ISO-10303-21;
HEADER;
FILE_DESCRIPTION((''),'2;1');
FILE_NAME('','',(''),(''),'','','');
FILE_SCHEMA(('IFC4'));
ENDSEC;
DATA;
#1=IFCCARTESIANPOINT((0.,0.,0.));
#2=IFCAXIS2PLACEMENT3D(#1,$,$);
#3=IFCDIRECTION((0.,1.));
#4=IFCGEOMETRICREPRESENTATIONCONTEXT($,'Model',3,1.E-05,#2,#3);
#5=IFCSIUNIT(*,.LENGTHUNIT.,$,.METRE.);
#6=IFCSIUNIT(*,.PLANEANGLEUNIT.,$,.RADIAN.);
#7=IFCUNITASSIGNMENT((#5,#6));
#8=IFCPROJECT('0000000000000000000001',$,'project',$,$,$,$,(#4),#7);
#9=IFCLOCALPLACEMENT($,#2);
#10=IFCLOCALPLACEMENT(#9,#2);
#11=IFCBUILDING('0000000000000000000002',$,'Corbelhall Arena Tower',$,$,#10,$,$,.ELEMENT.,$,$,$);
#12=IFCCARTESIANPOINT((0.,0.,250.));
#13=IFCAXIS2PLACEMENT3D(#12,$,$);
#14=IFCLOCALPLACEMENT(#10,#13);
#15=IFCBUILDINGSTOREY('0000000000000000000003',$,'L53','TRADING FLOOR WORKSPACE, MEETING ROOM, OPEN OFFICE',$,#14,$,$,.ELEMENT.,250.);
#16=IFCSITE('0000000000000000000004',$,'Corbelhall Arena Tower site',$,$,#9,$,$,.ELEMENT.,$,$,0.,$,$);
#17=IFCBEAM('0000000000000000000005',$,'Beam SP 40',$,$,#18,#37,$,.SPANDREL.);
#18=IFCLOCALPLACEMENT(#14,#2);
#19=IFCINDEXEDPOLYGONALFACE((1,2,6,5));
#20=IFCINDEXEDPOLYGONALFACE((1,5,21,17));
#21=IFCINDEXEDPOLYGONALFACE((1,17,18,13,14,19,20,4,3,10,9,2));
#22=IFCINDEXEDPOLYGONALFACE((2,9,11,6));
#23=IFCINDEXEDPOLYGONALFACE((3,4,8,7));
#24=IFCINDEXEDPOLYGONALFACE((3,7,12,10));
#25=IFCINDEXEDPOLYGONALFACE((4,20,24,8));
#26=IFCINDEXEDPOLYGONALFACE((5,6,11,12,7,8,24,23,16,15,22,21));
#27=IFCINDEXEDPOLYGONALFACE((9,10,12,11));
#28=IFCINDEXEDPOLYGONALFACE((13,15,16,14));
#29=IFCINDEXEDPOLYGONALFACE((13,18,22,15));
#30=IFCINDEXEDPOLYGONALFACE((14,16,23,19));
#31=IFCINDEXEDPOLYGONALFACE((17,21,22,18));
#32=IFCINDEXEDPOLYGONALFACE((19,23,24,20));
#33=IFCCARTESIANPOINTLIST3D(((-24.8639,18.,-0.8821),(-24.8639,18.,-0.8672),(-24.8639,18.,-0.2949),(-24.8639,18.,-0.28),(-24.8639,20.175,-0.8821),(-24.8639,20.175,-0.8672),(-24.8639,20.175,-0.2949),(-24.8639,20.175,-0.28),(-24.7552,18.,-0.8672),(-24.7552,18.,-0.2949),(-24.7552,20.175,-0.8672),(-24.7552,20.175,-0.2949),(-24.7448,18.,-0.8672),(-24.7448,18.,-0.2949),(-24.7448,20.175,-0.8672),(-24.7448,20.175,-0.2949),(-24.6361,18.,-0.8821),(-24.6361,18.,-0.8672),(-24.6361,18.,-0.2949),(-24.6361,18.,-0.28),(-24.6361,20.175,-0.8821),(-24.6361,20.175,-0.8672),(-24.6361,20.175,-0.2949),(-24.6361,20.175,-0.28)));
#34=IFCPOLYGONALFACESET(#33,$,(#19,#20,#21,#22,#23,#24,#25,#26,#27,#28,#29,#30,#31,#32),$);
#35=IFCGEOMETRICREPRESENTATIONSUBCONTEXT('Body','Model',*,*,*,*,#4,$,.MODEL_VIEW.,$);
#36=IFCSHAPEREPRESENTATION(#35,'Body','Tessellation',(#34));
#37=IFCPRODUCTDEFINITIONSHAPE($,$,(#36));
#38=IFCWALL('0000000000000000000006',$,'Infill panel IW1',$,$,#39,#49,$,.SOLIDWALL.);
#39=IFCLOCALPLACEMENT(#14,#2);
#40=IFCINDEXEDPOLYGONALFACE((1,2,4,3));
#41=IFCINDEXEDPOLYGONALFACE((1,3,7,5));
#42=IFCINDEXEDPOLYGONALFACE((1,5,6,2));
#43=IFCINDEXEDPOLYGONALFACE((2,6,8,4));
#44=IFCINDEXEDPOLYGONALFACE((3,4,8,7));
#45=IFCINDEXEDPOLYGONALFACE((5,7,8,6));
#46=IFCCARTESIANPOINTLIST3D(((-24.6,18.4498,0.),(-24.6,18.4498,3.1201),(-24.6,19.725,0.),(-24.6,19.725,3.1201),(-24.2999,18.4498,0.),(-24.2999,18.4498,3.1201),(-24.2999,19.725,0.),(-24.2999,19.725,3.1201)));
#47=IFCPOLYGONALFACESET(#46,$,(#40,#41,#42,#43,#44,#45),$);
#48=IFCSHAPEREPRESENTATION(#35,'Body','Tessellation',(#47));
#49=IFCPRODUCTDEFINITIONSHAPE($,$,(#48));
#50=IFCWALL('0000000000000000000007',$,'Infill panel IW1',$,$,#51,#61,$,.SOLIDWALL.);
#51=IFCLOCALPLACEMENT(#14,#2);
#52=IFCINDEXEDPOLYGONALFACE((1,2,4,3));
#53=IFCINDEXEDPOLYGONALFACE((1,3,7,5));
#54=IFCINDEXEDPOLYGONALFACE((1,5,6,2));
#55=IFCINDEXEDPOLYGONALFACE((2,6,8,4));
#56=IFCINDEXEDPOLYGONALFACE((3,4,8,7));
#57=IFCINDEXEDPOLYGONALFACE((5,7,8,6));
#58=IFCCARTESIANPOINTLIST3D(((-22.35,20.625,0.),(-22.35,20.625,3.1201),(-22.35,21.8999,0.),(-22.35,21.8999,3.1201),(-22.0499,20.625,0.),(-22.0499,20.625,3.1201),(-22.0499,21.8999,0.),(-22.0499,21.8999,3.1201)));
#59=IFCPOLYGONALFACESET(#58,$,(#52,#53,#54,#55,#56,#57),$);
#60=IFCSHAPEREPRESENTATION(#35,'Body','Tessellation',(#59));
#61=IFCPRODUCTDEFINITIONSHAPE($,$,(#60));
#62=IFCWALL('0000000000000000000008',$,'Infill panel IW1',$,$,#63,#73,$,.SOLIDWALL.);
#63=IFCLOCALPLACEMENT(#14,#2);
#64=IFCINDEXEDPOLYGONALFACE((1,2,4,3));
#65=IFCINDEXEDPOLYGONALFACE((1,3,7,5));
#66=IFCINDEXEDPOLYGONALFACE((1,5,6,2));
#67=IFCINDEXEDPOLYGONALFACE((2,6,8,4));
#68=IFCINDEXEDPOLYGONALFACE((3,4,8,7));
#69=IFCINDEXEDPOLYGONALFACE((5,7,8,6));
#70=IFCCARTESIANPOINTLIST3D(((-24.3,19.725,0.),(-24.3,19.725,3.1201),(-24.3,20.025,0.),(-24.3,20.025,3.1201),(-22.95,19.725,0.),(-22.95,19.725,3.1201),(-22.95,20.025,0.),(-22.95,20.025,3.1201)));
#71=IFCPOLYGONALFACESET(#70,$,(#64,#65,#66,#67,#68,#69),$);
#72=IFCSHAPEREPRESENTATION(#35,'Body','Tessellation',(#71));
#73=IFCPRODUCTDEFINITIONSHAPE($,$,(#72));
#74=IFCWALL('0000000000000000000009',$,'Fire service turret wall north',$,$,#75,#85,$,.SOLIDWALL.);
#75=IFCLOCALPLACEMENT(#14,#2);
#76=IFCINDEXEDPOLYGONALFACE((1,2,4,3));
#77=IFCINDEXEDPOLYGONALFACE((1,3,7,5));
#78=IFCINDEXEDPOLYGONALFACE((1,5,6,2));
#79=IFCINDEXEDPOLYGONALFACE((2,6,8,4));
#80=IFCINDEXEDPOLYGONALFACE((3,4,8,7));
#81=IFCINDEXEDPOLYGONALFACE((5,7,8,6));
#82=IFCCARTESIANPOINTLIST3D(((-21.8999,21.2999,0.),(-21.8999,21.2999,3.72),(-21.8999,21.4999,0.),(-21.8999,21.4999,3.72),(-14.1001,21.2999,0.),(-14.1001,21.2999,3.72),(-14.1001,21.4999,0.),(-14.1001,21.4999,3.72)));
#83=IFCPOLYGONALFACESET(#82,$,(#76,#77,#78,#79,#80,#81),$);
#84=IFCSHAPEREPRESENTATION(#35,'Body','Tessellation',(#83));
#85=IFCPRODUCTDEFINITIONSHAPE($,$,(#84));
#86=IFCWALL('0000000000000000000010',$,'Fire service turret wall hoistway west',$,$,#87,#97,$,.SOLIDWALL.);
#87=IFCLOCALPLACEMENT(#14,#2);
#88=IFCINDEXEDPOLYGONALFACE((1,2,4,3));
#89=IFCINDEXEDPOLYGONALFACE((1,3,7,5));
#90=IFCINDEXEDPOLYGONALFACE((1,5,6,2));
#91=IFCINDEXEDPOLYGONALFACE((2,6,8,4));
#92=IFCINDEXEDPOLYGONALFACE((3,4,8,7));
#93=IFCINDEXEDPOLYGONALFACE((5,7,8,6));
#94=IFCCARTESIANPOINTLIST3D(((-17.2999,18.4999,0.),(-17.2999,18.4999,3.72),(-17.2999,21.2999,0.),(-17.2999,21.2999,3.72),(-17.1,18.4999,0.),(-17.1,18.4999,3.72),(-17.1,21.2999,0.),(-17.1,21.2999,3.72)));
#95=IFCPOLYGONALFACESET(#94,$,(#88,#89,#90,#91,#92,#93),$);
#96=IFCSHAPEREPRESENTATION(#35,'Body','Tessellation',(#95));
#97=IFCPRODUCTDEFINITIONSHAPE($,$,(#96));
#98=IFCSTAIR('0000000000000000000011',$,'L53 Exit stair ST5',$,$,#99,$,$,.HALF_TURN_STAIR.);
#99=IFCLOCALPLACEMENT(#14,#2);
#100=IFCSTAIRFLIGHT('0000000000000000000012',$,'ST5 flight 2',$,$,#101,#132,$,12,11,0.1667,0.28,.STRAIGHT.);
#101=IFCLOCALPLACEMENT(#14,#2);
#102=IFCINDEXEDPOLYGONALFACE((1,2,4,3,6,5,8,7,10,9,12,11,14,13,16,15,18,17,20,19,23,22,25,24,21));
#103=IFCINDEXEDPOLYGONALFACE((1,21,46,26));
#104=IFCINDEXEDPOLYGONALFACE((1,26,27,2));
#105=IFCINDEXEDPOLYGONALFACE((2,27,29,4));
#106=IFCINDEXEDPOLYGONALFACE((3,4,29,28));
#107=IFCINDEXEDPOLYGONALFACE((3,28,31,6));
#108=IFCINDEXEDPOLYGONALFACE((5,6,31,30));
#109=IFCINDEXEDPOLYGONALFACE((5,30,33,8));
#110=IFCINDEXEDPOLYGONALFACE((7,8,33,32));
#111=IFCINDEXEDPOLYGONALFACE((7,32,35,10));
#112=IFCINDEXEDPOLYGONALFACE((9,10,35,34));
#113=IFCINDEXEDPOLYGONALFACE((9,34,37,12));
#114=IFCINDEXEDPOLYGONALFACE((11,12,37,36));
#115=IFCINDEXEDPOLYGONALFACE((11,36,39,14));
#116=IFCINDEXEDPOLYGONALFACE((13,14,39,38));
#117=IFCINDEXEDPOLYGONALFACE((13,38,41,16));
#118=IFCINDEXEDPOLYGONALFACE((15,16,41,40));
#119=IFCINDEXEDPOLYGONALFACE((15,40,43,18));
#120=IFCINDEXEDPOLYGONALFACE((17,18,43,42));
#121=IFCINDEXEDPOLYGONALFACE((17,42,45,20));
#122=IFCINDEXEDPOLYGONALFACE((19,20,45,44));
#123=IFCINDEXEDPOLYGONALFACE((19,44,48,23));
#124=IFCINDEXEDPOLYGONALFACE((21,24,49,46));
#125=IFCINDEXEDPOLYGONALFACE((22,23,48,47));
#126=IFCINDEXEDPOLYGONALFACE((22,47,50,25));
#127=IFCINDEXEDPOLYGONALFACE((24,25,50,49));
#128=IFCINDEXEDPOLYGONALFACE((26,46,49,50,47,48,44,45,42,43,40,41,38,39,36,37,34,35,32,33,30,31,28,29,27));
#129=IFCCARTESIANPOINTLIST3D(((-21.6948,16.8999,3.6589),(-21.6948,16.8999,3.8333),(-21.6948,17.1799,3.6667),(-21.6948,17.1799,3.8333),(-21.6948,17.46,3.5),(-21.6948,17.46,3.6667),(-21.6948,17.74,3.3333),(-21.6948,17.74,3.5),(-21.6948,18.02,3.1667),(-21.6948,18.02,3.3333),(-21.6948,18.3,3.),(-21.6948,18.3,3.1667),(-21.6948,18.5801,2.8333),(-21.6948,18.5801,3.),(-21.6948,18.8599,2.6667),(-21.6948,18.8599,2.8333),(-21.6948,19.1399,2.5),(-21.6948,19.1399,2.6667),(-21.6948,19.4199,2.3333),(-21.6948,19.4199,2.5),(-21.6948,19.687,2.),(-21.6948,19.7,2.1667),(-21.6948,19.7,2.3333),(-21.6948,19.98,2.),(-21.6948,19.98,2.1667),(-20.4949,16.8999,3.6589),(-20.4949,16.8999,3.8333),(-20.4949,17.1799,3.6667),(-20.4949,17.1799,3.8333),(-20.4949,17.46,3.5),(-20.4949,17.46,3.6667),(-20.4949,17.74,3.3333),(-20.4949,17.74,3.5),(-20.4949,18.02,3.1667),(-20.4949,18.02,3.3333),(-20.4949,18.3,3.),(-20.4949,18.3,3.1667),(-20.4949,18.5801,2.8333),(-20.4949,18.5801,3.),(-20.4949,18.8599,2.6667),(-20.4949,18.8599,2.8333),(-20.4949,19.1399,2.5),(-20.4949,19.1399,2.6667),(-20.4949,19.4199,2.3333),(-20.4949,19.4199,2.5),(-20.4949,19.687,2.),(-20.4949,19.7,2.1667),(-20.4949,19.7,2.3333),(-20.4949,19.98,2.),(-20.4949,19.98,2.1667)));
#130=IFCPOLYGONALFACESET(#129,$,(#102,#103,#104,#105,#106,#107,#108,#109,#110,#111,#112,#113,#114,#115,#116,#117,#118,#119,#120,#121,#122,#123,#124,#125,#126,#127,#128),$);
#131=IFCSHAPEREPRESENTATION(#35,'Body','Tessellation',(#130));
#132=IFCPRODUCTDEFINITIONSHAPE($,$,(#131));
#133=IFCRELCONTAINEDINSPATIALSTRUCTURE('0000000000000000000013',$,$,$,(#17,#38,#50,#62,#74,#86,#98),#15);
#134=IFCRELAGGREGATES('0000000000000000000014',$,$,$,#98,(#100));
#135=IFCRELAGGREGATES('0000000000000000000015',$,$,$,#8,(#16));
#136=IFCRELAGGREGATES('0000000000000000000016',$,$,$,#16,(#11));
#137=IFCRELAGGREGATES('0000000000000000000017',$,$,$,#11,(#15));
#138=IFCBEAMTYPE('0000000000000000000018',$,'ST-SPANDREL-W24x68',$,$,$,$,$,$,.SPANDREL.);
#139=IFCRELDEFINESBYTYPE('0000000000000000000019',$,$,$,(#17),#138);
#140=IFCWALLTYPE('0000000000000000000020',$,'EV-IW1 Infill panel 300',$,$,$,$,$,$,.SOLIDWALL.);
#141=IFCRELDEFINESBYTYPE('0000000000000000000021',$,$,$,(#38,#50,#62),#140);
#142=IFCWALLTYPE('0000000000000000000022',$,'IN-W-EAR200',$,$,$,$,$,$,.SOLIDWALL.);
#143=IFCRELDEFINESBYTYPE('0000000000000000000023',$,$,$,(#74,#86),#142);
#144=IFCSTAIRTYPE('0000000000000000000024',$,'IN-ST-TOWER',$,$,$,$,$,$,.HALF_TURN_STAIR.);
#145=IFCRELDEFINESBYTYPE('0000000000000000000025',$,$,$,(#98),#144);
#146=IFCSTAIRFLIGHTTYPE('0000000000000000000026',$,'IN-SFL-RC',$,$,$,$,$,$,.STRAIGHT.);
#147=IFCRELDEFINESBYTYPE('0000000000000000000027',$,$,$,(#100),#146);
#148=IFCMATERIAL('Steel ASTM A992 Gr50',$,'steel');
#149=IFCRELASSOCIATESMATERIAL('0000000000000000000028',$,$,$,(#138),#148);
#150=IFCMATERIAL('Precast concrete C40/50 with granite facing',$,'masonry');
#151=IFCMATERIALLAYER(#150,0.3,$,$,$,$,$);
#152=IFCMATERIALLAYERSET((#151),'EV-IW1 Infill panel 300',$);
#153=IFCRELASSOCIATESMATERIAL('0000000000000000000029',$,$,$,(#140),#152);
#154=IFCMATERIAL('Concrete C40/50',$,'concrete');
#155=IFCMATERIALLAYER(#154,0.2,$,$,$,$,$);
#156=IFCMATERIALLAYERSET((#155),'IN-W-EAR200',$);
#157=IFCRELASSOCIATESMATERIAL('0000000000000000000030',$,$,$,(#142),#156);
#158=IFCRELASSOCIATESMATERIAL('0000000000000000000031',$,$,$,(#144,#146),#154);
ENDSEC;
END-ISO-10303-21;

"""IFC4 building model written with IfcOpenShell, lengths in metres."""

from ifc_helpers import new_model, si_unit, direction, frame, frame_2d, origin, origin_2d, place, context, subcontext, project, spatial, polyline, rectangle, i_section, outline, extrude, material, layer, layer_set, material_profile, profile_set, type_object, element, aggregate, save


model = new_model("IFC4")

# Units and contexts
model_context = context("Model", 3, precision=1e-05, world=origin(), true_north=direction((0.0, 1.0)))
body_context = subcontext(model_context, "Body", "Model", "MODEL_VIEW")
ifc_project = project(units=[si_unit("LENGTHUNIT", "METRE"), si_unit("PLANEANGLEUNIT", "RADIAN")], contexts=[model_context])

# Site, building, storey
site_placement = place(None, origin())
site = spatial("IfcSite", under=ifc_project, at=site_placement, Name="Corbelhall Arena Tower site", CompositionType="ELEMENT", RefElevation=0.0)
building_placement = place(site_placement, origin())
building = spatial("IfcBuilding", under=site, at=building_placement, Name="Corbelhall Arena Tower", CompositionType="ELEMENT")
storey_placement = place(building_placement, frame((0.0, 0.0, 250.0)))
storey = spatial("IfcBuildingStorey", under=building, at=storey_placement, Name="L53", Description="TRADING FLOOR WORKSPACE, MEETING ROOM, OPEN OFFICE", CompositionType="ELEMENT", Elevation=250.0)

# Beam
ifc_material_1 = material(Name="Steel ASTM A992 Gr50", Category="steel")
ifc_material_profile_1 = material_profile(ifc_material_1, i_section(OverallWidth=0.2278, OverallDepth=0.6021, WebThickness=0.0105, FlangeThickness=0.0149, at=origin_2d()))
ifc_profile_set_1 = profile_set([ifc_material_profile_1], Name="Steel ASTM A992 Gr50")
beam_type = type_object("IfcBeamType", Name="ST-SPANDREL-W24x68", PredefinedType="SPANDREL", material=ifc_profile_set_1)
beam_1_placement = place(storey_placement, frame((-24.75, 18.0, -0.5811), z_axis=(0.0, 1.0, 0.0), x_axis=(-1.0, 0.0, 0.0)))
element("IfcBeam", 1, at=beam_1_placement, inside=storey, type_object=beam_type, Name="Beam SP 40", PredefinedType="SPANDREL", context=body_context, shape_type="SweptSolid", body=[
    extrude(i_section(OverallWidth=0.2278, OverallDepth=0.6021, WebThickness=0.0105, FlangeThickness=0.0149, at=origin_2d()), origin(), (0.0, 0.0, 1.0), 2.175),
])

# Wall
ifc_material_2 = material(Name="Precast concrete C40/50 with granite facing", Category="masonry")
ifc_layer_1 = layer(ifc_material_2, 0.3)
ifc_layer_set_1 = layer_set([ifc_layer_1], Name="EV-IW1 Infill panel 300")
wall_type_1 = type_object("IfcWallType", Name="EV-IW1 Infill panel 300", PredefinedType="SOLIDWALL", material=ifc_layer_set_1)
wall_1_placement = place(storey_placement, frame((-24.45, 19.7251, 0.0), z_axis=(0.0, 0.0, 1.0), x_axis=(0.0, -1.0, 0.0)))
element("IfcWall", 2, at=wall_1_placement, inside=storey, type_object=wall_type_1, Name="Infill panel IW1", PredefinedType="SOLIDWALL", context=body_context, shape_type="SweptSolid", body=[
    extrude(rectangle(XDim=1.2751, YDim=0.3, at=frame_2d((0.6377, 0.0))), origin(), (0.0, 0.0, 1.0), 3.1201),
])

# Walls
wall_2_placement = place(storey_placement, frame((-22.2, 21.8999, 0.0), z_axis=(0.0, 0.0, 1.0), x_axis=(0.0, -1.0, 0.0)))
element("IfcWall", 3, at=wall_2_placement, inside=storey, type_object=wall_type_1, Name="Infill panel IW1", PredefinedType="SOLIDWALL", context=body_context, shape_type="SweptSolid", body=[
    extrude(rectangle(XDim=1.2749, YDim=0.3, at=frame_2d((0.6375, 0.0))), origin(), (0.0, 0.0, 1.0), 3.1201),
])
wall_3_placement = place(storey_placement, frame((-22.95, 19.875, 0.0), z_axis=(0.0, 0.0, 1.0), x_axis=(-1.0, 0.0, 0.0)))
element("IfcWall", 4, at=wall_3_placement, inside=storey, type_object=wall_type_1, Name="Infill panel IW1", PredefinedType="SOLIDWALL", context=body_context, shape_type="SweptSolid", body=[
    extrude(rectangle(XDim=1.3501, YDim=0.3, at=frame_2d((0.675, 0.0))), origin(), (0.0, 0.0, 1.0), 3.1201),
])
ifc_material_3 = material(Name="Concrete C40/50", Category="concrete")
ifc_layer_2 = layer(ifc_material_3, 0.2)
ifc_layer_set_2 = layer_set([ifc_layer_2], Name="IN-W-EAR200")
wall_type_2 = type_object("IfcWallType", Name="IN-W-EAR200", PredefinedType="SOLIDWALL", material=ifc_layer_set_2)
wall_4_placement = place(storey_placement, frame((-21.8999, 21.3999, 0.0), z_axis=(0.0, 0.0, 1.0), x_axis=(1.0, 0.0, 0.0)))
element("IfcWall", 5, at=wall_4_placement, inside=storey, type_object=wall_type_2, Name="Fire service turret wall north", PredefinedType="SOLIDWALL", context=body_context, shape_type="SweptSolid", body=[
    extrude(rectangle(XDim=7.7998, YDim=0.2, at=frame_2d((3.8999, 0.0))), origin(), (0.0, 0.0, 1.0), 3.72),
])
wall_5_placement = place(storey_placement, frame((-17.2, 18.5, 0.0), z_axis=(0.0, 0.0, 1.0), x_axis=(0.0, 1.0, 0.0)))
element("IfcWall", 6, at=wall_5_placement, inside=storey, type_object=wall_type_2, Name="Fire service turret wall hoistway west", PredefinedType="SOLIDWALL", context=body_context, shape_type="SweptSolid", body=[
    extrude(rectangle(XDim=2.8, YDim=0.2, at=frame_2d((1.3999, 0.0))), origin(), (0.0, 0.0, 1.0), 3.72),
])

# Stair, stair flight
stair_type = type_object("IfcStairType", Name="IN-ST-TOWER", PredefinedType="HALF_TURN_STAIR", material=ifc_material_3)
stair_placement = place(storey_placement, origin())
stair = element("IfcStair", 7, at=stair_placement, inside=storey, type_object=stair_type, Name="L53 Exit stair ST5", PredefinedType="HALF_TURN_STAIR")
stair_flight_type = type_object("IfcStairFlightType", Name="IN-SFL-RC", PredefinedType="STRAIGHT", material=ifc_material_3)
stair_flight_placement = place(storey_placement, frame((-21.095, 19.98, 2.0), z_axis=(0.0, 0.0, 1.0), x_axis=(0.0, -1.0, 0.0)))
stair_flight = element("IfcStairFlight", 8, at=stair_flight_placement, type_object=stair_flight_type, Name="ST5 flight 2", NumberOfRisers=12, NumberOfTreads=11, PredefinedType="STRAIGHT", RiserHeight=0.1667, TreadLength=0.28, context=body_context, shape_type="SweptSolid", body=[
    extrude(outline(polyline([(0.0, 0.0), (0.0, 0.1667), (0.28, 0.1667), (0.28, 0.3333), (0.5601, 0.3333), (0.5601, 0.5), (0.8401, 0.5), (0.8401, 0.6667), (1.1201, 0.6667), (1.1201, 0.8333), (1.3999, 0.8333), (1.3999, 1.0), (1.6799, 1.0), (1.6799, 1.1667), (1.96, 1.1667), (1.96, 1.3333), (2.24, 1.3333), (2.24, 1.5), (2.52, 1.5), (2.52, 1.6667), (2.8, 1.6667), (2.8, 1.8333), (3.0801, 1.8333), (3.0801, 2.0), (3.0801, 1.6589), (0.293, 0.0), (0.0, 0.0)])), frame((0.0, 0.6001, 0.0), z_axis=(0.0, -1.0, 0.0), x_axis=(1.0, 0.0, 0.0)), (0.0, 0.0, 1.0), 1.2),
])
aggregate(stair, [stair_flight])

save(model, "model.ifc")
